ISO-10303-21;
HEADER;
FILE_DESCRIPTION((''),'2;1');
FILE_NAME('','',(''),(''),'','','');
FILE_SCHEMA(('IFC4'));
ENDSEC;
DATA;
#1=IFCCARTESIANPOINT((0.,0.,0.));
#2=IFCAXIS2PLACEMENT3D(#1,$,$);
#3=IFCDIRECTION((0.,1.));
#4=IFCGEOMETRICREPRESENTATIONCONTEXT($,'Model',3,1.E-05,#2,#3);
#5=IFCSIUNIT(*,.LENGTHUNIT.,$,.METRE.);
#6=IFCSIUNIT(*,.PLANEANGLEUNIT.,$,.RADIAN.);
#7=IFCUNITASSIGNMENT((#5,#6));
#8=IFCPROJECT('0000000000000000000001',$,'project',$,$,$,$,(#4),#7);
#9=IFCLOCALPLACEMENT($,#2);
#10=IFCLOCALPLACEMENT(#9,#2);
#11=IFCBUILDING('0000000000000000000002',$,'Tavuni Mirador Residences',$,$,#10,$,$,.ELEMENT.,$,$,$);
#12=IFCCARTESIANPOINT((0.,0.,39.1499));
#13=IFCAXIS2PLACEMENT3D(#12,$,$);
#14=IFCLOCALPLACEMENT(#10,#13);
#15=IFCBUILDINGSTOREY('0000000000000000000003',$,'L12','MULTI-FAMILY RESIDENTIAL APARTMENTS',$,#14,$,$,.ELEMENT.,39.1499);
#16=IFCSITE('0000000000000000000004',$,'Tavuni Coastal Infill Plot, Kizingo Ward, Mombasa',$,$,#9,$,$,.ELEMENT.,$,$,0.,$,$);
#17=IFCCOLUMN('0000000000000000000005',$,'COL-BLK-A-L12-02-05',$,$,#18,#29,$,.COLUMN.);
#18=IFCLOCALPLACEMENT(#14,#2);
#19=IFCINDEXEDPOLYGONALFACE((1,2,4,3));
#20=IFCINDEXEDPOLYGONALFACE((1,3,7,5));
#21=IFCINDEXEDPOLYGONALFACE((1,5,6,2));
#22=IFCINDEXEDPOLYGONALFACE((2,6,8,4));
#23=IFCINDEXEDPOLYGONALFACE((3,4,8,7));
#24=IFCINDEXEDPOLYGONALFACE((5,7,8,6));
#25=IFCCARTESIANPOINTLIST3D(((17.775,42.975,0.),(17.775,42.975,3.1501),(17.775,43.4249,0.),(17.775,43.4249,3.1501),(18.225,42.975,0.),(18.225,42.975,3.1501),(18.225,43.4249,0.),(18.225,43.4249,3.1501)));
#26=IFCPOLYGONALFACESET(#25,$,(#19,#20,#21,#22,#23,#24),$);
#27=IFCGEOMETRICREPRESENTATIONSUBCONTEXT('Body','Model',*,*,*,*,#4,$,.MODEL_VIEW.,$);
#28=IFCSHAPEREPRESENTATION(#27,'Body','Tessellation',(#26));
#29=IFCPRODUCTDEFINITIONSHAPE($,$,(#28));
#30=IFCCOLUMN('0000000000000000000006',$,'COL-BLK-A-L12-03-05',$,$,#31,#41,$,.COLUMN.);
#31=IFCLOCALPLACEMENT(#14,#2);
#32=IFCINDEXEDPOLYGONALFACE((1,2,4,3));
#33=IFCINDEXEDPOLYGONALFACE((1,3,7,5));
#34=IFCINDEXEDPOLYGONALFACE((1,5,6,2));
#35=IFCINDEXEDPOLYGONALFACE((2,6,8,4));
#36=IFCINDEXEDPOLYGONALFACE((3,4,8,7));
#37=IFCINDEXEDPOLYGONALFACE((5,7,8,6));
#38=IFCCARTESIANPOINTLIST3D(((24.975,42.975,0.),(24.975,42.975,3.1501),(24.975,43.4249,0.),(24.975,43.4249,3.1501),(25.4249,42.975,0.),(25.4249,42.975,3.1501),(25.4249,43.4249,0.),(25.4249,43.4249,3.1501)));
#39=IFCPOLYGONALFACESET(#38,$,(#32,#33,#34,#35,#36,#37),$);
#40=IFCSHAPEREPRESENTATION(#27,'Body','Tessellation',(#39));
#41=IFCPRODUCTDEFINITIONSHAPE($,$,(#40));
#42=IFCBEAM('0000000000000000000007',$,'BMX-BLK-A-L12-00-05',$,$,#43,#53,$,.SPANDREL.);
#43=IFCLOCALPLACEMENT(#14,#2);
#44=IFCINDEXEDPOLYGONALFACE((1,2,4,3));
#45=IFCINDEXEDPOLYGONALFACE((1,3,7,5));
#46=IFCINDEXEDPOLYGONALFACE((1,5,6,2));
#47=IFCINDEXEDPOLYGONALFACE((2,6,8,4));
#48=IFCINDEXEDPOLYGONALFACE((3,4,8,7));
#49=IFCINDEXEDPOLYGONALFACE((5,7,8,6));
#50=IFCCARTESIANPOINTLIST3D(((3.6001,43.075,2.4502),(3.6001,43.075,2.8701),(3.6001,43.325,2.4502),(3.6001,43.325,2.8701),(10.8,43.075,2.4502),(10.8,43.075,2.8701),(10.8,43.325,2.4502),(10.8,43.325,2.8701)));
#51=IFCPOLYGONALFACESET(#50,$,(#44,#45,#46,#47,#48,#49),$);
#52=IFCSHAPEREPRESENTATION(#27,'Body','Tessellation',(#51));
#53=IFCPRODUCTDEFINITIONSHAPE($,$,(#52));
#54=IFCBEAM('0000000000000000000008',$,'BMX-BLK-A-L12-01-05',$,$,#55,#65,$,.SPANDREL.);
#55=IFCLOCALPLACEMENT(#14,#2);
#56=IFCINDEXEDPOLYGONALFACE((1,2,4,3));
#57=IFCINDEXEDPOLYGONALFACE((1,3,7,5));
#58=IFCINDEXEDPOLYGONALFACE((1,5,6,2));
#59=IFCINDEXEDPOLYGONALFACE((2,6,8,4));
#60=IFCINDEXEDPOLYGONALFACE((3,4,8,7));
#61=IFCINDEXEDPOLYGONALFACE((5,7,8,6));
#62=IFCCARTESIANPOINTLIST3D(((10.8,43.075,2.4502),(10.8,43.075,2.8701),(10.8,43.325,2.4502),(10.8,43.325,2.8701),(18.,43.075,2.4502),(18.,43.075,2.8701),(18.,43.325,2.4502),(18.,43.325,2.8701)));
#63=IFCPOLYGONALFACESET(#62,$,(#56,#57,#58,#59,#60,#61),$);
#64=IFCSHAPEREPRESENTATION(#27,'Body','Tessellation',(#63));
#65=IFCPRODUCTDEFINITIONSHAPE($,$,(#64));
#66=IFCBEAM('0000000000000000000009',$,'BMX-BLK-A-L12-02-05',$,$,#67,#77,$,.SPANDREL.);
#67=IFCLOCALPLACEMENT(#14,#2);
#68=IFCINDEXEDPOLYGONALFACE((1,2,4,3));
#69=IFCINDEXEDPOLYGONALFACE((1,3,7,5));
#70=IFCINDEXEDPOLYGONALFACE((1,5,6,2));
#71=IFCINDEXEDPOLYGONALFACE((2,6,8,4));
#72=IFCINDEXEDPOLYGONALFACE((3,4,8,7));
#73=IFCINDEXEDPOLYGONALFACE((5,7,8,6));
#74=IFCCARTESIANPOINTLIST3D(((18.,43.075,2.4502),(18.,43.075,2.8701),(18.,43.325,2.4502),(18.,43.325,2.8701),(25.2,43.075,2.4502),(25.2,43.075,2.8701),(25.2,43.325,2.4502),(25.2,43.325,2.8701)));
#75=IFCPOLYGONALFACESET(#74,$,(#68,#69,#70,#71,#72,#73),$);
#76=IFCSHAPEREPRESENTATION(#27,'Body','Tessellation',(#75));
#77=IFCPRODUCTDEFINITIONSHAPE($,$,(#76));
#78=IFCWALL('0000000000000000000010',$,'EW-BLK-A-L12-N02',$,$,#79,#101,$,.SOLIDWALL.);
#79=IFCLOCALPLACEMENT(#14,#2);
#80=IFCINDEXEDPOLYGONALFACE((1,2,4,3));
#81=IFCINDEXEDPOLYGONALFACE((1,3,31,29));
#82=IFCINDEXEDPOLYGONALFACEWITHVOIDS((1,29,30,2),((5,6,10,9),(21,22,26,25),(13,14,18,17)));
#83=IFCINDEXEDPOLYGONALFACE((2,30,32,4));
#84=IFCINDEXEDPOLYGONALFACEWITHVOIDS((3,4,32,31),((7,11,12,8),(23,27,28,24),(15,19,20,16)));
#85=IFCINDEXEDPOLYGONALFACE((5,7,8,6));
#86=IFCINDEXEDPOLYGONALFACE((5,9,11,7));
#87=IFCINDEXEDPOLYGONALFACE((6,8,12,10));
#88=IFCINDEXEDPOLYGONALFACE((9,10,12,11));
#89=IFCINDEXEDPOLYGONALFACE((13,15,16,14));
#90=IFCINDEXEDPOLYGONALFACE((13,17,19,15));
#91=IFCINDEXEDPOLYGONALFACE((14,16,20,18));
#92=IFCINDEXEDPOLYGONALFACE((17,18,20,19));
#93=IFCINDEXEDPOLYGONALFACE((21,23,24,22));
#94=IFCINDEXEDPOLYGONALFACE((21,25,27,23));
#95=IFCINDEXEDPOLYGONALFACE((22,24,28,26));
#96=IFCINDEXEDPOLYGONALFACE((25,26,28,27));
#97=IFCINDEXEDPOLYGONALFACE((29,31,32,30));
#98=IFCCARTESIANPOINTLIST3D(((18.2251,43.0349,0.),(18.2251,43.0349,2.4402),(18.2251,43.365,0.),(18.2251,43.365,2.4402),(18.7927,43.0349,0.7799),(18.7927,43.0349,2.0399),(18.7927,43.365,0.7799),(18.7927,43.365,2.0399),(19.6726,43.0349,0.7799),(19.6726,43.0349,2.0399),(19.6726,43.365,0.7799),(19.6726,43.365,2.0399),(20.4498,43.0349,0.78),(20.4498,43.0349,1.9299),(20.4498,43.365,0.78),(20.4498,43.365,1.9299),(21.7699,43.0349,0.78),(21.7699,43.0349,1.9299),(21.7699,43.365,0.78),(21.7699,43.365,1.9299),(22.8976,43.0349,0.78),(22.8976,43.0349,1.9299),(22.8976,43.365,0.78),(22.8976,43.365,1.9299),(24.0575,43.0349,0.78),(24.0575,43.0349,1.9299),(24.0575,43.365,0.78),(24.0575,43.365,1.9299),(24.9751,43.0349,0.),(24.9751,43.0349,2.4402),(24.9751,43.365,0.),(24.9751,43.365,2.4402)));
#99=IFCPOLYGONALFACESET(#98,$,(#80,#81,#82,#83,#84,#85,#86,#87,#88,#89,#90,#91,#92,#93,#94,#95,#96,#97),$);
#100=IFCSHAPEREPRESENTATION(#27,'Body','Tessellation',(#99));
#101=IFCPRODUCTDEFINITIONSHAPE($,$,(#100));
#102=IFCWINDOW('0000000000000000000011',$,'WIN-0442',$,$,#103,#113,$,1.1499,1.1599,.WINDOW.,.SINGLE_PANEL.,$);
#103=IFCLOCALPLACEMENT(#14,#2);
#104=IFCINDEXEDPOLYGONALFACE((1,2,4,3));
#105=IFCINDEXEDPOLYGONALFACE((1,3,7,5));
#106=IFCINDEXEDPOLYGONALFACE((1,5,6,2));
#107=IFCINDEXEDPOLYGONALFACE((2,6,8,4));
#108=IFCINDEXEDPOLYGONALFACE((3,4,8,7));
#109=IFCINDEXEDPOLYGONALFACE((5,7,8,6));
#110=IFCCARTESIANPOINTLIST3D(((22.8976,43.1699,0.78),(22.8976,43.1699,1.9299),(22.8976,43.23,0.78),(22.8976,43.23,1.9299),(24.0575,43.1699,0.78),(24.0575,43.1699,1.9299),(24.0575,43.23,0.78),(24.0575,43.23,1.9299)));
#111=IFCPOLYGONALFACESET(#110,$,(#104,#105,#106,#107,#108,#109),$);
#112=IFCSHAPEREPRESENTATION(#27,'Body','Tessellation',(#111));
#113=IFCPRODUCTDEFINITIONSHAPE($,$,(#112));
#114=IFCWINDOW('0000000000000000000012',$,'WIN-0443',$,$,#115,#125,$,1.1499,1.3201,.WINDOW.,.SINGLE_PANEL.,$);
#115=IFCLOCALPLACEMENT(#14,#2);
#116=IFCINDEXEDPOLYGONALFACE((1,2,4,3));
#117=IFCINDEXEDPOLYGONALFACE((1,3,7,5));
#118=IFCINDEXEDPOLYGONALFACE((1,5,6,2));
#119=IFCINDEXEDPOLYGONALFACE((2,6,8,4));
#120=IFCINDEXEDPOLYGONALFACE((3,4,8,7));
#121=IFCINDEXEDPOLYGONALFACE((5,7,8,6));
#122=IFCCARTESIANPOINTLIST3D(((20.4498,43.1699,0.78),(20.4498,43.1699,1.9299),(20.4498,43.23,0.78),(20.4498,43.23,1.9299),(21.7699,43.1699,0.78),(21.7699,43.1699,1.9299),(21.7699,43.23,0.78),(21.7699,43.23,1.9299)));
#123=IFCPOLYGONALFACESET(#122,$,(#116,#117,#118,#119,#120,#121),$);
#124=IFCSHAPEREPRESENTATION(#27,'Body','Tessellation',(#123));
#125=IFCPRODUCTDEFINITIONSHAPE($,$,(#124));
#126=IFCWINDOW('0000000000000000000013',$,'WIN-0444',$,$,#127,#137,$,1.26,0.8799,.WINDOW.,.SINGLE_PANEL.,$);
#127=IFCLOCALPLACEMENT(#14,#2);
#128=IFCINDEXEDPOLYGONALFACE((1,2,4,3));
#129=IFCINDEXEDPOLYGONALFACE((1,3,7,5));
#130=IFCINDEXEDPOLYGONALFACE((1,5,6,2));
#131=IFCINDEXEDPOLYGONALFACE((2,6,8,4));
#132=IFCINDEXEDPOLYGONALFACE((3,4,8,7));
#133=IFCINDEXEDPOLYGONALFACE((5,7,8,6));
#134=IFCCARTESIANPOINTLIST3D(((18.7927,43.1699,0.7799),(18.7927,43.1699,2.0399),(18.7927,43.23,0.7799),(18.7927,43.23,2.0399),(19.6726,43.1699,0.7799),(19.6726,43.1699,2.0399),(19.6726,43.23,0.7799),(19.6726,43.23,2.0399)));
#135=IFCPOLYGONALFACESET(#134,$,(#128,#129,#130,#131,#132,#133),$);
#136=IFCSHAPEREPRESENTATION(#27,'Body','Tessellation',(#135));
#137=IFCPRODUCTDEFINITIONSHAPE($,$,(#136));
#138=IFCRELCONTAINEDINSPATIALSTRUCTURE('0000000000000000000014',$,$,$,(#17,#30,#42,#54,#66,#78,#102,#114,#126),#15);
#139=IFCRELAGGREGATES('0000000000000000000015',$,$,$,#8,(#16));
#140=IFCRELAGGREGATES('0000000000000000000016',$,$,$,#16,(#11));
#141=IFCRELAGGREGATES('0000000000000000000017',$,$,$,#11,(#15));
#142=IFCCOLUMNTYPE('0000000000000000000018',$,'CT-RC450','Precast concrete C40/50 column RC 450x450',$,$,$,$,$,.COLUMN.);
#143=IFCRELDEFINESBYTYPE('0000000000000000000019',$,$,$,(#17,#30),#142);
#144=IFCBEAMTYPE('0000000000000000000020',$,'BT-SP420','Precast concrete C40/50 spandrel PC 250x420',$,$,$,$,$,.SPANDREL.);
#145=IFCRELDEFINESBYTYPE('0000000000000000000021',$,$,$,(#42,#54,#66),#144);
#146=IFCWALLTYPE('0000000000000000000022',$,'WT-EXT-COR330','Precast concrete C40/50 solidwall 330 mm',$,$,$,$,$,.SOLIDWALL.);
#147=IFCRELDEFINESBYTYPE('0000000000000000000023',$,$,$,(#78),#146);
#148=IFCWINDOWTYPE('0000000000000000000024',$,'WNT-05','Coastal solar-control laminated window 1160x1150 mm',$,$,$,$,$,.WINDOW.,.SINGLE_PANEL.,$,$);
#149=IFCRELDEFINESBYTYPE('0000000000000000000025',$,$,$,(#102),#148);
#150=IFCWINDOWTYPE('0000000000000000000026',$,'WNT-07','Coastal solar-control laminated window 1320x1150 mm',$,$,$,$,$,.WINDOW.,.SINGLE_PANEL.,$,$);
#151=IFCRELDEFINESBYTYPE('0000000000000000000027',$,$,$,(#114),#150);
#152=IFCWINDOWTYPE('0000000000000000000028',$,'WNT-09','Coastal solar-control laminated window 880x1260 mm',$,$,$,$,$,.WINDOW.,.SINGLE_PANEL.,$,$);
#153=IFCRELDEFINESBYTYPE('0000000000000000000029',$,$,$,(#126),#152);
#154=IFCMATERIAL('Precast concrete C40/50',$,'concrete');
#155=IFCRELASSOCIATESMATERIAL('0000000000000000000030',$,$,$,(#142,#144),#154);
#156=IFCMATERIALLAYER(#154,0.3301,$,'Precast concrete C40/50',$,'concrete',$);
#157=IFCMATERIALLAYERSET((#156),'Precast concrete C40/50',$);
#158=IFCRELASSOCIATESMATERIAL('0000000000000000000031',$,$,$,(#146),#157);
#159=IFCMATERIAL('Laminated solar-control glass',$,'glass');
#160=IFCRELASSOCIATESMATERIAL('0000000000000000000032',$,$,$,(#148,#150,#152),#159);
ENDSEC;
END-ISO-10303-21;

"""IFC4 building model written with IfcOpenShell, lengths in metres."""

from ifc_helpers import new_model, si_unit, direction, frame, frame_2d, origin, origin_2d, place, context, subcontext, project, spatial, rectangle, extrude, material, layer, layer_set, material_profile, profile_set, type_object, element, fill, save


model = new_model("IFC4")

# Units and contexts
model_context = context("Model", 3, precision=1e-05, world=origin(), true_north=direction((0.0, 1.0)))
body_context = subcontext(model_context, "Body", "Model", "MODEL_VIEW")
ifc_project = project(units=[si_unit("LENGTHUNIT", "METRE"), si_unit("PLANEANGLEUNIT", "RADIAN")], contexts=[model_context])

# Site, building, storey
site_placement = place(None, origin())
site = spatial("IfcSite", under=ifc_project, at=site_placement, Name="Tavuni Coastal Infill Plot, Kizingo Ward, Mombasa", CompositionType="ELEMENT", RefElevation=0.0)
building_placement = place(site_placement, origin())
building = spatial("IfcBuilding", under=site, at=building_placement, Name="Tavuni Mirador Residences", CompositionType="ELEMENT")
storey_placement = place(building_placement, frame((0.0, 0.0, 39.1499)))
storey = spatial("IfcBuildingStorey", under=building, at=storey_placement, Name="L12", Description="MULTI-FAMILY RESIDENTIAL APARTMENTS", CompositionType="ELEMENT", Elevation=39.1499)

# Columns
ifc_material_1 = material(Name="Precast concrete C40/50", Category="concrete")
ifc_material_profile_1 = material_profile(ifc_material_1, rectangle(XDim=0.45, YDim=0.45, at=origin_2d()), Name="RC 450x450", Category="concrete")
ifc_profile_set_1 = profile_set([ifc_material_profile_1], Name="Precast concrete C40/50")
column_type = type_object("IfcColumnType", Name="CT-RC450", Description="Precast concrete C40/50 column RC 450x450", PredefinedType="COLUMN", material=ifc_profile_set_1)
for number, where, z_axis, x_axis, name in (
    (1, (18.0, 43.2, 0.0), (0.0, 0.0, 1.0), (1.0, 0.0, 0.0), "COL-BLK-A-L12-02-05"),
    (2, (25.2, 43.2, 0.0), (0.0, 0.0, 1.0), (1.0, 0.0, 0.0), "COL-BLK-A-L12-03-05"),
):
    element("IfcColumn", number, at=place(storey_placement, frame(where, z_axis=z_axis, x_axis=x_axis)), inside=storey, type_object=column_type, Name=name, PredefinedType="COLUMN", context=body_context, shape_type="SweptSolid", body=[
        extrude(rectangle(XDim=0.45, YDim=0.45, at=origin_2d()), origin(), (0.0, 0.0, 1.0), 3.1501),
    ])

# Beams
ifc_material_profile_2 = material_profile(ifc_material_1, rectangle(XDim=0.25, YDim=0.4199, at=origin_2d()), Name="PC 250x420", Category="concrete")
ifc_profile_set_2 = profile_set([ifc_material_profile_2], Name="Precast concrete C40/50")
beam_type = type_object("IfcBeamType", Name="BT-SP420", Description="Precast concrete C40/50 spandrel PC 250x420", PredefinedType="SPANDREL", material=ifc_profile_set_2)
for number, where, z_axis, x_axis, name in (
    (3, (3.6001, 43.2, 2.6602), (1.0, 0.0, 0.0), (0.0, 1.0, 0.0), "BMX-BLK-A-L12-00-05"),
    (4, (10.8, 43.2, 2.6602), (1.0, 0.0, 0.0), (0.0, 1.0, 0.0), "BMX-BLK-A-L12-01-05"),
    (5, (18.0, 43.2, 2.6602), (1.0, 0.0, 0.0), (0.0, 1.0, 0.0), "BMX-BLK-A-L12-02-05"),
):
    element("IfcBeam", number, at=place(storey_placement, frame(where, z_axis=z_axis, x_axis=x_axis)), inside=storey, type_object=beam_type, Name=name, PredefinedType="SPANDREL", context=body_context, shape_type="SweptSolid", body=[
        extrude(rectangle(XDim=0.25, YDim=0.4199, at=origin_2d()), origin(), (0.0, 0.0, 1.0), 7.2),
    ])

# Wall, openings, windows
ifc_layer_1 = layer(ifc_material_1, 0.3301, Name="Precast concrete C40/50", Category="concrete")
ifc_layer_set_1 = layer_set([ifc_layer_1], Name="Precast concrete C40/50")
wall_type_1 = type_object("IfcWallType", Name="WT-EXT-COR330", Description="Precast concrete C40/50 solidwall 330 mm", PredefinedType="SOLIDWALL", material=ifc_layer_set_1)
wall_1_placement = place(storey_placement, frame((24.9751, 43.2, 0.0), z_axis=(0.0, 0.0, 1.0), x_axis=(-1.0, 0.0, 0.0)))
wall_1 = element("IfcWall", 6, at=wall_1_placement, inside=storey, type_object=wall_type_1, Name="EW-BLK-A-L12-N02", PredefinedType="SOLIDWALL", context=body_context, shape_type="SweptSolid", body=[
    extrude(rectangle(XDim=6.75, YDim=0.3301, at=frame_2d((3.375, 0.0))), origin(), (0.0, 0.0, 1.0), 2.4402),
])
opening_1_placement = place(wall_1_placement, frame((0.9175, 0.0, 0.78)))
opening_1 = element("IfcOpeningElement", 7, at=opening_1_placement, cuts=wall_1, PredefinedType="OPENING", context=body_context, shape_type="SweptSolid", body=[
    extrude(rectangle(XDim=1.1599, YDim=1.1499, at=frame_2d((0.5801, 0.575))), frame((0.0, 0.175, 0.0), z_axis=(0.0, -1.0, 0.0), x_axis=(1.0, 0.0, 0.0)), (0.0, 0.0, 1.0), 0.3501),
])
opening_2_placement = place(wall_1_placement, frame((3.2051, 0.0, 0.78)))
opening_2 = element("IfcOpeningElement", 8, at=opening_2_placement, cuts=wall_1, PredefinedType="OPENING", context=body_context, shape_type="SweptSolid", body=[
    extrude(rectangle(XDim=1.3201, YDim=1.1499, at=frame_2d((0.6602, 0.575))), frame((0.0, 0.175, 0.0), z_axis=(0.0, -1.0, 0.0), x_axis=(1.0, 0.0, 0.0)), (0.0, 0.0, 1.0), 0.3501),
])
opening_3_placement = place(wall_1_placement, frame((5.3025, 0.0, 0.78)))
opening_3 = element("IfcOpeningElement", 9, at=opening_3_placement, cuts=wall_1, PredefinedType="OPENING", context=body_context, shape_type="SweptSolid", body=[
    extrude(rectangle(XDim=0.8799, YDim=1.26, at=frame_2d((0.4399, 0.6299))), frame((0.0, 0.175, 0.0), z_axis=(0.0, -1.0, 0.0), x_axis=(1.0, 0.0, 0.0)), (0.0, 0.0, 1.0), 0.3501),
])
ifc_material_2 = material(Name="Laminated solar-control glass", Category="glass")
window_type_1 = type_object("IfcWindowType", Name="WNT-05", Description="Coastal solar-control laminated window 1160x1150 mm", PartitioningType="SINGLE_PANEL", PredefinedType="WINDOW", material=ifc_material_2)
window_1_placement = place(opening_1_placement, origin())
window_1 = element("IfcWindow", 10, at=window_1_placement, inside=storey, type_object=window_type_1, Name="WIN-0442", OverallHeight=1.1499, OverallWidth=1.1599, PartitioningType="SINGLE_PANEL", PredefinedType="WINDOW", context=body_context, shape_type="SweptSolid", body=[
    extrude(rectangle(XDim=1.1599, YDim=1.1499, at=frame_2d((0.5801, 0.575))), frame((0.0, 0.03, 0.0), z_axis=(0.0, -1.0, 0.0), x_axis=(1.0, 0.0, 0.0)), (0.0, 0.0, 1.0), 0.0601),
])
fill(opening_1, window_1)
window_type_2 = type_object("IfcWindowType", Name="WNT-07", Description="Coastal solar-control laminated window 1320x1150 mm", PartitioningType="SINGLE_PANEL", PredefinedType="WINDOW", material=ifc_material_2)
window_2_placement = place(opening_2_placement, origin())
window_2 = element("IfcWindow", 11, at=window_2_placement, inside=storey, type_object=window_type_2, Name="WIN-0443", OverallHeight=1.1499, OverallWidth=1.3201, PartitioningType="SINGLE_PANEL", PredefinedType="WINDOW", context=body_context, shape_type="SweptSolid", body=[
    extrude(rectangle(XDim=1.3201, YDim=1.1499, at=frame_2d((0.6602, 0.575))), frame((0.0, 0.03, 0.0), z_axis=(0.0, -1.0, 0.0), x_axis=(1.0, 0.0, 0.0)), (0.0, 0.0, 1.0), 0.0601),
])
fill(opening_2, window_2)
window_type_3 = type_object("IfcWindowType", Name="WNT-09", Description="Coastal solar-control laminated window 880x1260 mm", PartitioningType="SINGLE_PANEL", PredefinedType="WINDOW", material=ifc_material_2)
window_3_placement = place(opening_3_placement, origin())
window_3 = element("IfcWindow", 12, at=window_3_placement, inside=storey, type_object=window_type_3, Name="WIN-0444", OverallHeight=1.26, OverallWidth=0.8799, PartitioningType="SINGLE_PANEL", PredefinedType="WINDOW", context=body_context, shape_type="SweptSolid", body=[
    extrude(rectangle(XDim=0.8799, YDim=1.26, at=frame_2d((0.4399, 0.6299))), frame((0.0, 0.03, 0.0), z_axis=(0.0, -1.0, 0.0), x_axis=(1.0, 0.0, 0.0)), (0.0, 0.0, 1.0), 0.0601),
])
fill(opening_3, window_3)

save(model, "model.ifc")
